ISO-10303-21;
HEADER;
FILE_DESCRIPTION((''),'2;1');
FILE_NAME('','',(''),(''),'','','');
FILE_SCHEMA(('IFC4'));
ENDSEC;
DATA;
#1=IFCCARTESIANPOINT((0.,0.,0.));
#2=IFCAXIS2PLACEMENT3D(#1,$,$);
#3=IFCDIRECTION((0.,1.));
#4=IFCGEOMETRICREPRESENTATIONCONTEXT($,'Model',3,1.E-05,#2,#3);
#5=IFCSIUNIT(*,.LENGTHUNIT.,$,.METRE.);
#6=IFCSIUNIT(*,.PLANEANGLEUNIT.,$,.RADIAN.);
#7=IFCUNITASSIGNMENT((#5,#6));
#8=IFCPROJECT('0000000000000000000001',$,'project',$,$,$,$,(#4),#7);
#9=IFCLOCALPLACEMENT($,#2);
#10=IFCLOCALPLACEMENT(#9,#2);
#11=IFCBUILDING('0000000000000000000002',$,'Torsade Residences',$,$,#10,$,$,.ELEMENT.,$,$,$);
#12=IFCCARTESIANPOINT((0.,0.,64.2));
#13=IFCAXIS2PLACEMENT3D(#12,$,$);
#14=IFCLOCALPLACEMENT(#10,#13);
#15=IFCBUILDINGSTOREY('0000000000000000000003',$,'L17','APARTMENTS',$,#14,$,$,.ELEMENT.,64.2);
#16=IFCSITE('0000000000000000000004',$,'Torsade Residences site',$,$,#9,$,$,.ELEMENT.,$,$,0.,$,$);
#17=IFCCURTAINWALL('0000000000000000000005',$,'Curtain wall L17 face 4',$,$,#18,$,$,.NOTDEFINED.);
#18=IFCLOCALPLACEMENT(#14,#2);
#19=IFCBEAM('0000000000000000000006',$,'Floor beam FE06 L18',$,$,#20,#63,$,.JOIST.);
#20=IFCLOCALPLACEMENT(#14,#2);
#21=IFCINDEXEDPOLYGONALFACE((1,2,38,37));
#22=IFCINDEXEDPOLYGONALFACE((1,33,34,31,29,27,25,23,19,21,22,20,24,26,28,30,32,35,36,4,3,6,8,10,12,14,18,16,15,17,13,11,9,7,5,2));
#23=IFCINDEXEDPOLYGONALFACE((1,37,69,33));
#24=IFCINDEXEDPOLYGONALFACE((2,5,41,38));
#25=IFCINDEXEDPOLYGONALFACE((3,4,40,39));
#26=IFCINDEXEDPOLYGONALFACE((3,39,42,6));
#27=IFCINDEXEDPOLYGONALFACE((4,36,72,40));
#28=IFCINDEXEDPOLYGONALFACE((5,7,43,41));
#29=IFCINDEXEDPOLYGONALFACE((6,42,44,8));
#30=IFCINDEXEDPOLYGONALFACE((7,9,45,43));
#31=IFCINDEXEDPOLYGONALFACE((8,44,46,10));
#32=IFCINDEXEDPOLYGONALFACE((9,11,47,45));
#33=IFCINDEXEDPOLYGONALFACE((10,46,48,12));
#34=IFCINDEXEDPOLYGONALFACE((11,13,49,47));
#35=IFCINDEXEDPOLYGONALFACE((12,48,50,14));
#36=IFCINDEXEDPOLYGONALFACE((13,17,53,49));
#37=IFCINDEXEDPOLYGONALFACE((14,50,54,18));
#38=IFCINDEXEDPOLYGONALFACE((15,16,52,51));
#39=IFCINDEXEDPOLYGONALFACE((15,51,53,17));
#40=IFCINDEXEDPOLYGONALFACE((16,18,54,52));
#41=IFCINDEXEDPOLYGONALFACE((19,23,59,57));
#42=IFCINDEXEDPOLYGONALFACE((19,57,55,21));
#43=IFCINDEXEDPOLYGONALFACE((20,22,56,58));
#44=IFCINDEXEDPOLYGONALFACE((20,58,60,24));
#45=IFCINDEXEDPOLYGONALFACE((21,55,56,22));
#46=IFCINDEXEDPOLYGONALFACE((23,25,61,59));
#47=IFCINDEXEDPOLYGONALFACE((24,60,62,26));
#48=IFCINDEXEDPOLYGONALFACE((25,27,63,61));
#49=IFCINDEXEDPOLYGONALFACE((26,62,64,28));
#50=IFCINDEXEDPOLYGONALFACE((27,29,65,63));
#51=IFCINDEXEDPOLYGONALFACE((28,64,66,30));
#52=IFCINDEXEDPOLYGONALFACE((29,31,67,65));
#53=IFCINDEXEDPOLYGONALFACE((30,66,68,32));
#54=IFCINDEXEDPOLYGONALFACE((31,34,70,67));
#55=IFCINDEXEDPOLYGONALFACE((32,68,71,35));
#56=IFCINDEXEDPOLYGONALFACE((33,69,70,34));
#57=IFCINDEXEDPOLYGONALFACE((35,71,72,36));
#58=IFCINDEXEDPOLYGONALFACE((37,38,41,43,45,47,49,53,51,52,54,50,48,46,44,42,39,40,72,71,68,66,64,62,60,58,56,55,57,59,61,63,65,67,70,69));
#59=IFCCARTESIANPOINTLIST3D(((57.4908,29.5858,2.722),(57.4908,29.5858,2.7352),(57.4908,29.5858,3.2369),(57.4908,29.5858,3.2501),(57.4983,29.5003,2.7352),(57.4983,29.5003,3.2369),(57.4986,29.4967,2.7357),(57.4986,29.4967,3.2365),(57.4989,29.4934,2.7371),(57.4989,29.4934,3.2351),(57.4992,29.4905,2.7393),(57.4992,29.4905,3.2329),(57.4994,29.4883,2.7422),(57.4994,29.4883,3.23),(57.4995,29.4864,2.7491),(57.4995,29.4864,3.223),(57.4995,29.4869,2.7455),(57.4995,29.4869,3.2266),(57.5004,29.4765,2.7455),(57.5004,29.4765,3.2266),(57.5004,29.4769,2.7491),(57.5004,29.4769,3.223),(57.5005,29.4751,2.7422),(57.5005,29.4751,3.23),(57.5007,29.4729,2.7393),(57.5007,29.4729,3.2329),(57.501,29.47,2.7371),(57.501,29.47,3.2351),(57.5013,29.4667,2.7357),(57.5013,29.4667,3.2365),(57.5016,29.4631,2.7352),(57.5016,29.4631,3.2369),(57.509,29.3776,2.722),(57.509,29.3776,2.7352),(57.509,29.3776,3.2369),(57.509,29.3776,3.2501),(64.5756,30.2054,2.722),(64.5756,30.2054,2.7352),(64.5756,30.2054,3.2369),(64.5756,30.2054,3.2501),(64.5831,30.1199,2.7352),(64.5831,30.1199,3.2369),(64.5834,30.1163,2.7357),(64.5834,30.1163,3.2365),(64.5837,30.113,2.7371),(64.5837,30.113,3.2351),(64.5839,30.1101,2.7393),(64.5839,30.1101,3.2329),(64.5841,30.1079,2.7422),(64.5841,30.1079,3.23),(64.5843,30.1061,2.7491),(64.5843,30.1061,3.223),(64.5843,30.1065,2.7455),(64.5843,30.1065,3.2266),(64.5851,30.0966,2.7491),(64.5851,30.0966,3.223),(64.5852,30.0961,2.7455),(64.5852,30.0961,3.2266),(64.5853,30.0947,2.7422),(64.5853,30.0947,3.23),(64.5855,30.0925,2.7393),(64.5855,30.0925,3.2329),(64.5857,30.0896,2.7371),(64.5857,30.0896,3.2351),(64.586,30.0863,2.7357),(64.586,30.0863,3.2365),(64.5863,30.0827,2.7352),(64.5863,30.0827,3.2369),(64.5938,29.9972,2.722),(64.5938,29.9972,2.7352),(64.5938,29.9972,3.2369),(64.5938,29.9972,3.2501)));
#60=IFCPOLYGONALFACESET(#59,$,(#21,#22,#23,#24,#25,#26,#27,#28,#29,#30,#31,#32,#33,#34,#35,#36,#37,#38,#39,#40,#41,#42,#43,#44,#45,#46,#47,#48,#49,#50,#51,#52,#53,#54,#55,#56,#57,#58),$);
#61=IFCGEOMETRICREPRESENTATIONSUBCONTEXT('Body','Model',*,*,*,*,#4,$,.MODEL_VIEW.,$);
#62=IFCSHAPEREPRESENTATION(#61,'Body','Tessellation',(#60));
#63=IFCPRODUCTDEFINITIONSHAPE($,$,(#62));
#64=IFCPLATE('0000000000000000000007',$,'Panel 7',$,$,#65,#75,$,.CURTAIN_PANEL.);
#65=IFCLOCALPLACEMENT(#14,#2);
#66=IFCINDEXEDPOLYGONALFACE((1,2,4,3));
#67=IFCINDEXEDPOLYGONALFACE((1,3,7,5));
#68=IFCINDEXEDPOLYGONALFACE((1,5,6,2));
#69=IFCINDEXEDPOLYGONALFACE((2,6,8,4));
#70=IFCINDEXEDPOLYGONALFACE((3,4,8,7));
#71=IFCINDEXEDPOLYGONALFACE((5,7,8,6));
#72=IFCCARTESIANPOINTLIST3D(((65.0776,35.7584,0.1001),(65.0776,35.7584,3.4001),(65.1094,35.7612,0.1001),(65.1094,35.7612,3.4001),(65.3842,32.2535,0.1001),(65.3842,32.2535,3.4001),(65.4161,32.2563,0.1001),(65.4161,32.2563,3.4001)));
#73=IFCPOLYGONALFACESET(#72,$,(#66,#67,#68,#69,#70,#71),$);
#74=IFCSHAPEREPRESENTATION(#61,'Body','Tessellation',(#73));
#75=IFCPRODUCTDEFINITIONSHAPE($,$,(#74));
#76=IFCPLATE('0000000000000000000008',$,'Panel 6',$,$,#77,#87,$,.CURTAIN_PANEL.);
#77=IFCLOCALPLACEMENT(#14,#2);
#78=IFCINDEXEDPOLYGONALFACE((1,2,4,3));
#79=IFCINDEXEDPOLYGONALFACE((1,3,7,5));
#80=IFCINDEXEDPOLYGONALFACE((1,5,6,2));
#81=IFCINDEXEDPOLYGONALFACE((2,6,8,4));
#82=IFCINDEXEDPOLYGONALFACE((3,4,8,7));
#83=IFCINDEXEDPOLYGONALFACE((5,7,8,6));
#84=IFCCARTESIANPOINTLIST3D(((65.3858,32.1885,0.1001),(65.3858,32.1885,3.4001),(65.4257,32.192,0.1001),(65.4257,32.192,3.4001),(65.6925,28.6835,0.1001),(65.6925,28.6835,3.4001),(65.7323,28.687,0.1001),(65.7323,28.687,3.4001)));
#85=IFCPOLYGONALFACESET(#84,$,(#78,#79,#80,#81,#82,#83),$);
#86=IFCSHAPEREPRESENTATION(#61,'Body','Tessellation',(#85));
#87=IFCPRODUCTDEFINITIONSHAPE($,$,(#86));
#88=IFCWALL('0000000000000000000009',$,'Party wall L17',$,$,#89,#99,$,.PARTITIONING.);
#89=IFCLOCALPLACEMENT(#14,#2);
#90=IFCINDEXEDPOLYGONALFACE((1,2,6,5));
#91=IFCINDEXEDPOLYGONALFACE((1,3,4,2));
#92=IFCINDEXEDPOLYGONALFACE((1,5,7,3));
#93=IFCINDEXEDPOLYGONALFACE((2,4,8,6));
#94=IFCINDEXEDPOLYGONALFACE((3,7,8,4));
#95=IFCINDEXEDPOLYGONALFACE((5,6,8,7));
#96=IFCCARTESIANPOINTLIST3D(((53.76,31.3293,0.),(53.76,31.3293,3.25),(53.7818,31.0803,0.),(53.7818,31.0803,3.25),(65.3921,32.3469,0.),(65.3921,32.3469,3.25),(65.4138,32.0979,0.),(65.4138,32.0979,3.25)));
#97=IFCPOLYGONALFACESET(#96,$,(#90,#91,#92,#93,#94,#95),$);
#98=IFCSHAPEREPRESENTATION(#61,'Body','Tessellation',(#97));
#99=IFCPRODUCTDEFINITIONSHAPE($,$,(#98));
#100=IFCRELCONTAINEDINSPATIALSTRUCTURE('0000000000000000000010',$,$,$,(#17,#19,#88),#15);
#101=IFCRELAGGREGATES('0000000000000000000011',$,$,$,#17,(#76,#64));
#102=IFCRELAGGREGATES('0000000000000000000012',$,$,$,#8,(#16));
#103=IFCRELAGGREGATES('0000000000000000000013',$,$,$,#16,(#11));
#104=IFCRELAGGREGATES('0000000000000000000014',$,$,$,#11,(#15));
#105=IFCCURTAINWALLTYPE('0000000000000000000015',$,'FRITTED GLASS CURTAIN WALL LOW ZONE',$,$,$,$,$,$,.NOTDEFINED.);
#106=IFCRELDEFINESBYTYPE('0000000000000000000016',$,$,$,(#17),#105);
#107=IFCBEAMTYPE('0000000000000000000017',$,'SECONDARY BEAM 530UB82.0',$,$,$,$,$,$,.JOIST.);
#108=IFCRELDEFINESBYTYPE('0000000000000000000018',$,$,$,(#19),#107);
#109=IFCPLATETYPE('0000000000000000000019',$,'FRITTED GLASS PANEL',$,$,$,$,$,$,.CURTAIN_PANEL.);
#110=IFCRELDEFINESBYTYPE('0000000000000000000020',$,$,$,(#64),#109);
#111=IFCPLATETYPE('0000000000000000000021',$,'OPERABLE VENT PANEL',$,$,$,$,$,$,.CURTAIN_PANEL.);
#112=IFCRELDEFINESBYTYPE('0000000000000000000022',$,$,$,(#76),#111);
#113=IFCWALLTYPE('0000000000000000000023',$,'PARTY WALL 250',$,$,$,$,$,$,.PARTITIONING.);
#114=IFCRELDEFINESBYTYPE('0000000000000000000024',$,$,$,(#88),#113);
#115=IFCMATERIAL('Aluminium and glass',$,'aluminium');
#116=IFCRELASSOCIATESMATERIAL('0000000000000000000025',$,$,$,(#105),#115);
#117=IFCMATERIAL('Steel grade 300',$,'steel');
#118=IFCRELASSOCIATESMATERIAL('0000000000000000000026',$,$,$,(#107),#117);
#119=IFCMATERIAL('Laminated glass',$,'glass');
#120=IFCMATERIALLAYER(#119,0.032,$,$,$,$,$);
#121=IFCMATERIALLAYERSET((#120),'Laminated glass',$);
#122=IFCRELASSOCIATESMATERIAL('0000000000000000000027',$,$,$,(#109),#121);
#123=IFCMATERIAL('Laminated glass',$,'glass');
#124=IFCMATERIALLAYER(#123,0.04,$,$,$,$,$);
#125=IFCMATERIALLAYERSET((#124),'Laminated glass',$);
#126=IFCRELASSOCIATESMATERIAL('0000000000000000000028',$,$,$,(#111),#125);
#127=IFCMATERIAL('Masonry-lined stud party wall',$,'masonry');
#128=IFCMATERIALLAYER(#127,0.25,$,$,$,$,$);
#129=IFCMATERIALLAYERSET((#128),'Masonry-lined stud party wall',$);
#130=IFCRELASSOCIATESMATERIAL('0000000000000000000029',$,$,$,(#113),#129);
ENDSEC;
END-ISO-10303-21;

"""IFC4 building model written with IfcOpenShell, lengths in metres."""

from ifc_helpers import new_model, si_unit, direction, frame, frame_2d, origin, origin_2d, place, context, subcontext, project, spatial, rectangle, i_section, extrude, material, layer, layer_set, material_profile, profile_set, type_object, element, aggregate, save


model = new_model("IFC4")

# Units and contexts
model_context = context("Model", 3, precision=1e-05, world=origin(), true_north=direction((0.0, 1.0)))
body_context = subcontext(model_context, "Body", "Model", "MODEL_VIEW")
ifc_project = project(units=[si_unit("LENGTHUNIT", "METRE"), si_unit("PLANEANGLEUNIT", "RADIAN")], contexts=[model_context])

# Site, building, storey
site_placement = place(None, origin())
site = spatial("IfcSite", under=ifc_project, at=site_placement, Name="Torsade Residences site", CompositionType="ELEMENT", RefElevation=0.0)
building_placement = place(site_placement, origin())
building = spatial("IfcBuilding", under=site, at=building_placement, Name="Torsade Residences", CompositionType="ELEMENT")
storey_placement = place(building_placement, frame((0.0, 0.0, 64.2)))
storey = spatial("IfcBuildingStorey", under=building, at=storey_placement, Name="L17", Description="APARTMENTS", CompositionType="ELEMENT", Elevation=64.2)

# Curtain wall
ifc_material_1 = material(Name="Aluminium and glass", Category="aluminium")
curtain_wall_type = type_object("IfcCurtainWallType", Name="FRITTED GLASS CURTAIN WALL LOW ZONE", PredefinedType="NOTDEFINED", material=ifc_material_1)
curtain_wall_placement = place(storey_placement, origin())
curtain_wall = element("IfcCurtainWall", 1, at=curtain_wall_placement, inside=storey, type_object=curtain_wall_type, Name="Curtain wall L17 face 4", PredefinedType="NOTDEFINED")

# Beam
ifc_material_2 = material(Name="Steel grade 300", Category="steel")
ifc_material_profile_1 = material_profile(ifc_material_2, i_section(OverallWidth=0.209, OverallDepth=0.5281, WebThickness=0.0095, FlangeThickness=0.0132, FilletRadius=0.0139, at=origin_2d()), Name="530UB82.0")
ifc_profile_set_1 = profile_set([ifc_material_profile_1], Name="Steel grade 300")
beam_type_1 = type_object("IfcBeamType", Name="SECONDARY BEAM 530UB82.0", PredefinedType="JOIST", material=ifc_profile_set_1)
beam_1_placement = place(storey_placement, frame((64.5847, 30.1013, 2.9861), z_axis=(-0.996197, -0.087127, 0.0), x_axis=(0.087127, -0.996197, 0.0)))
element("IfcBeam", 2, at=beam_1_placement, inside=storey, type_object=beam_type_1, Name="Floor beam FE06 L18", PredefinedType="JOIST", context=body_context, shape_type="SweptSolid", body=[
    extrude(i_section(OverallWidth=0.209, OverallDepth=0.5281, WebThickness=0.0095, FlangeThickness=0.0132, FilletRadius=0.0139, at=origin_2d()), origin(), (0.0, 0.0, 1.0), 7.1118),
])

# Plates
ifc_material_3 = material(Name="Laminated glass", Category="glass")
ifc_layer_1 = layer(ifc_material_3, 0.032)
ifc_layer_set_1 = layer_set([ifc_layer_1], Name="Laminated glass")
plate_type_1 = type_object("IfcPlateType", Name="FRITTED GLASS PANEL", PredefinedType="CURTAIN_PANEL", material=ifc_layer_set_1)
plate_1_placement = place(storey_placement, frame((65.2468, 34.0073, 0.1001), z_axis=(0.0, 0.0, 1.0), x_axis=(-0.087156, 0.996195, 0.0)))
plate_1 = element("IfcPlate", 3, at=plate_1_placement, type_object=plate_type_1, Name="Panel 7", PredefinedType="CURTAIN_PANEL", context=body_context, shape_type="SweptSolid", body=[
    extrude(rectangle(XDim=3.5183, YDim=0.032, at=origin_2d()), origin(), (0.0, 0.0, 1.0), 3.3),
])
ifc_material_4 = material(Name="Laminated glass", Category="glass")
ifc_layer_2 = layer(ifc_material_4, 0.04)
ifc_layer_set_2 = layer_set([ifc_layer_2], Name="Laminated glass")
plate_type_2 = type_object("IfcPlateType", Name="OPERABLE VENT PANEL", PredefinedType="CURTAIN_PANEL", material=ifc_layer_set_2)
plate_2_placement = place(storey_placement, frame((65.5591, 30.4377, 0.1001), z_axis=(0.0, 0.0, 1.0), x_axis=(-0.087156, 0.996195, 0.0)))
plate_2 = element("IfcPlate", 4, at=plate_2_placement, type_object=plate_type_2, Name="Panel 6", PredefinedType="CURTAIN_PANEL", context=body_context, shape_type="SweptSolid", body=[
    extrude(rectangle(XDim=3.5183, YDim=0.04, at=origin_2d()), origin(), (0.0, 0.0, 1.0), 3.3),
])
aggregate(curtain_wall, [plate_2, plate_1])

# Wall
ifc_material_5 = material(Name="Masonry-lined stud party wall", Category="masonry")
ifc_layer_3 = layer(ifc_material_5, 0.25)
ifc_layer_set_3 = layer_set([ifc_layer_3], Name="Masonry-lined stud party wall")
wall_type = type_object("IfcWallType", Name="PARTY WALL 250", PredefinedType="PARTITIONING", material=ifc_layer_set_3)
wall_placement = place(storey_placement, frame((65.4031, 32.2224, 0.0), z_axis=(0.0, 0.0, 1.0), x_axis=(-0.996195, -0.087147, 0.0)))
element("IfcWall", 5, at=wall_placement, inside=storey, type_object=wall_type, Name="Party wall L17", PredefinedType="PARTITIONING", context=body_context, shape_type="SweptSolid", body=[
    extrude(rectangle(XDim=11.6765, YDim=0.25, at=frame_2d((5.8384, 0.0))), origin(), (0.0, 0.0, 1.0), 3.25),
])

save(model, "model.ifc")
